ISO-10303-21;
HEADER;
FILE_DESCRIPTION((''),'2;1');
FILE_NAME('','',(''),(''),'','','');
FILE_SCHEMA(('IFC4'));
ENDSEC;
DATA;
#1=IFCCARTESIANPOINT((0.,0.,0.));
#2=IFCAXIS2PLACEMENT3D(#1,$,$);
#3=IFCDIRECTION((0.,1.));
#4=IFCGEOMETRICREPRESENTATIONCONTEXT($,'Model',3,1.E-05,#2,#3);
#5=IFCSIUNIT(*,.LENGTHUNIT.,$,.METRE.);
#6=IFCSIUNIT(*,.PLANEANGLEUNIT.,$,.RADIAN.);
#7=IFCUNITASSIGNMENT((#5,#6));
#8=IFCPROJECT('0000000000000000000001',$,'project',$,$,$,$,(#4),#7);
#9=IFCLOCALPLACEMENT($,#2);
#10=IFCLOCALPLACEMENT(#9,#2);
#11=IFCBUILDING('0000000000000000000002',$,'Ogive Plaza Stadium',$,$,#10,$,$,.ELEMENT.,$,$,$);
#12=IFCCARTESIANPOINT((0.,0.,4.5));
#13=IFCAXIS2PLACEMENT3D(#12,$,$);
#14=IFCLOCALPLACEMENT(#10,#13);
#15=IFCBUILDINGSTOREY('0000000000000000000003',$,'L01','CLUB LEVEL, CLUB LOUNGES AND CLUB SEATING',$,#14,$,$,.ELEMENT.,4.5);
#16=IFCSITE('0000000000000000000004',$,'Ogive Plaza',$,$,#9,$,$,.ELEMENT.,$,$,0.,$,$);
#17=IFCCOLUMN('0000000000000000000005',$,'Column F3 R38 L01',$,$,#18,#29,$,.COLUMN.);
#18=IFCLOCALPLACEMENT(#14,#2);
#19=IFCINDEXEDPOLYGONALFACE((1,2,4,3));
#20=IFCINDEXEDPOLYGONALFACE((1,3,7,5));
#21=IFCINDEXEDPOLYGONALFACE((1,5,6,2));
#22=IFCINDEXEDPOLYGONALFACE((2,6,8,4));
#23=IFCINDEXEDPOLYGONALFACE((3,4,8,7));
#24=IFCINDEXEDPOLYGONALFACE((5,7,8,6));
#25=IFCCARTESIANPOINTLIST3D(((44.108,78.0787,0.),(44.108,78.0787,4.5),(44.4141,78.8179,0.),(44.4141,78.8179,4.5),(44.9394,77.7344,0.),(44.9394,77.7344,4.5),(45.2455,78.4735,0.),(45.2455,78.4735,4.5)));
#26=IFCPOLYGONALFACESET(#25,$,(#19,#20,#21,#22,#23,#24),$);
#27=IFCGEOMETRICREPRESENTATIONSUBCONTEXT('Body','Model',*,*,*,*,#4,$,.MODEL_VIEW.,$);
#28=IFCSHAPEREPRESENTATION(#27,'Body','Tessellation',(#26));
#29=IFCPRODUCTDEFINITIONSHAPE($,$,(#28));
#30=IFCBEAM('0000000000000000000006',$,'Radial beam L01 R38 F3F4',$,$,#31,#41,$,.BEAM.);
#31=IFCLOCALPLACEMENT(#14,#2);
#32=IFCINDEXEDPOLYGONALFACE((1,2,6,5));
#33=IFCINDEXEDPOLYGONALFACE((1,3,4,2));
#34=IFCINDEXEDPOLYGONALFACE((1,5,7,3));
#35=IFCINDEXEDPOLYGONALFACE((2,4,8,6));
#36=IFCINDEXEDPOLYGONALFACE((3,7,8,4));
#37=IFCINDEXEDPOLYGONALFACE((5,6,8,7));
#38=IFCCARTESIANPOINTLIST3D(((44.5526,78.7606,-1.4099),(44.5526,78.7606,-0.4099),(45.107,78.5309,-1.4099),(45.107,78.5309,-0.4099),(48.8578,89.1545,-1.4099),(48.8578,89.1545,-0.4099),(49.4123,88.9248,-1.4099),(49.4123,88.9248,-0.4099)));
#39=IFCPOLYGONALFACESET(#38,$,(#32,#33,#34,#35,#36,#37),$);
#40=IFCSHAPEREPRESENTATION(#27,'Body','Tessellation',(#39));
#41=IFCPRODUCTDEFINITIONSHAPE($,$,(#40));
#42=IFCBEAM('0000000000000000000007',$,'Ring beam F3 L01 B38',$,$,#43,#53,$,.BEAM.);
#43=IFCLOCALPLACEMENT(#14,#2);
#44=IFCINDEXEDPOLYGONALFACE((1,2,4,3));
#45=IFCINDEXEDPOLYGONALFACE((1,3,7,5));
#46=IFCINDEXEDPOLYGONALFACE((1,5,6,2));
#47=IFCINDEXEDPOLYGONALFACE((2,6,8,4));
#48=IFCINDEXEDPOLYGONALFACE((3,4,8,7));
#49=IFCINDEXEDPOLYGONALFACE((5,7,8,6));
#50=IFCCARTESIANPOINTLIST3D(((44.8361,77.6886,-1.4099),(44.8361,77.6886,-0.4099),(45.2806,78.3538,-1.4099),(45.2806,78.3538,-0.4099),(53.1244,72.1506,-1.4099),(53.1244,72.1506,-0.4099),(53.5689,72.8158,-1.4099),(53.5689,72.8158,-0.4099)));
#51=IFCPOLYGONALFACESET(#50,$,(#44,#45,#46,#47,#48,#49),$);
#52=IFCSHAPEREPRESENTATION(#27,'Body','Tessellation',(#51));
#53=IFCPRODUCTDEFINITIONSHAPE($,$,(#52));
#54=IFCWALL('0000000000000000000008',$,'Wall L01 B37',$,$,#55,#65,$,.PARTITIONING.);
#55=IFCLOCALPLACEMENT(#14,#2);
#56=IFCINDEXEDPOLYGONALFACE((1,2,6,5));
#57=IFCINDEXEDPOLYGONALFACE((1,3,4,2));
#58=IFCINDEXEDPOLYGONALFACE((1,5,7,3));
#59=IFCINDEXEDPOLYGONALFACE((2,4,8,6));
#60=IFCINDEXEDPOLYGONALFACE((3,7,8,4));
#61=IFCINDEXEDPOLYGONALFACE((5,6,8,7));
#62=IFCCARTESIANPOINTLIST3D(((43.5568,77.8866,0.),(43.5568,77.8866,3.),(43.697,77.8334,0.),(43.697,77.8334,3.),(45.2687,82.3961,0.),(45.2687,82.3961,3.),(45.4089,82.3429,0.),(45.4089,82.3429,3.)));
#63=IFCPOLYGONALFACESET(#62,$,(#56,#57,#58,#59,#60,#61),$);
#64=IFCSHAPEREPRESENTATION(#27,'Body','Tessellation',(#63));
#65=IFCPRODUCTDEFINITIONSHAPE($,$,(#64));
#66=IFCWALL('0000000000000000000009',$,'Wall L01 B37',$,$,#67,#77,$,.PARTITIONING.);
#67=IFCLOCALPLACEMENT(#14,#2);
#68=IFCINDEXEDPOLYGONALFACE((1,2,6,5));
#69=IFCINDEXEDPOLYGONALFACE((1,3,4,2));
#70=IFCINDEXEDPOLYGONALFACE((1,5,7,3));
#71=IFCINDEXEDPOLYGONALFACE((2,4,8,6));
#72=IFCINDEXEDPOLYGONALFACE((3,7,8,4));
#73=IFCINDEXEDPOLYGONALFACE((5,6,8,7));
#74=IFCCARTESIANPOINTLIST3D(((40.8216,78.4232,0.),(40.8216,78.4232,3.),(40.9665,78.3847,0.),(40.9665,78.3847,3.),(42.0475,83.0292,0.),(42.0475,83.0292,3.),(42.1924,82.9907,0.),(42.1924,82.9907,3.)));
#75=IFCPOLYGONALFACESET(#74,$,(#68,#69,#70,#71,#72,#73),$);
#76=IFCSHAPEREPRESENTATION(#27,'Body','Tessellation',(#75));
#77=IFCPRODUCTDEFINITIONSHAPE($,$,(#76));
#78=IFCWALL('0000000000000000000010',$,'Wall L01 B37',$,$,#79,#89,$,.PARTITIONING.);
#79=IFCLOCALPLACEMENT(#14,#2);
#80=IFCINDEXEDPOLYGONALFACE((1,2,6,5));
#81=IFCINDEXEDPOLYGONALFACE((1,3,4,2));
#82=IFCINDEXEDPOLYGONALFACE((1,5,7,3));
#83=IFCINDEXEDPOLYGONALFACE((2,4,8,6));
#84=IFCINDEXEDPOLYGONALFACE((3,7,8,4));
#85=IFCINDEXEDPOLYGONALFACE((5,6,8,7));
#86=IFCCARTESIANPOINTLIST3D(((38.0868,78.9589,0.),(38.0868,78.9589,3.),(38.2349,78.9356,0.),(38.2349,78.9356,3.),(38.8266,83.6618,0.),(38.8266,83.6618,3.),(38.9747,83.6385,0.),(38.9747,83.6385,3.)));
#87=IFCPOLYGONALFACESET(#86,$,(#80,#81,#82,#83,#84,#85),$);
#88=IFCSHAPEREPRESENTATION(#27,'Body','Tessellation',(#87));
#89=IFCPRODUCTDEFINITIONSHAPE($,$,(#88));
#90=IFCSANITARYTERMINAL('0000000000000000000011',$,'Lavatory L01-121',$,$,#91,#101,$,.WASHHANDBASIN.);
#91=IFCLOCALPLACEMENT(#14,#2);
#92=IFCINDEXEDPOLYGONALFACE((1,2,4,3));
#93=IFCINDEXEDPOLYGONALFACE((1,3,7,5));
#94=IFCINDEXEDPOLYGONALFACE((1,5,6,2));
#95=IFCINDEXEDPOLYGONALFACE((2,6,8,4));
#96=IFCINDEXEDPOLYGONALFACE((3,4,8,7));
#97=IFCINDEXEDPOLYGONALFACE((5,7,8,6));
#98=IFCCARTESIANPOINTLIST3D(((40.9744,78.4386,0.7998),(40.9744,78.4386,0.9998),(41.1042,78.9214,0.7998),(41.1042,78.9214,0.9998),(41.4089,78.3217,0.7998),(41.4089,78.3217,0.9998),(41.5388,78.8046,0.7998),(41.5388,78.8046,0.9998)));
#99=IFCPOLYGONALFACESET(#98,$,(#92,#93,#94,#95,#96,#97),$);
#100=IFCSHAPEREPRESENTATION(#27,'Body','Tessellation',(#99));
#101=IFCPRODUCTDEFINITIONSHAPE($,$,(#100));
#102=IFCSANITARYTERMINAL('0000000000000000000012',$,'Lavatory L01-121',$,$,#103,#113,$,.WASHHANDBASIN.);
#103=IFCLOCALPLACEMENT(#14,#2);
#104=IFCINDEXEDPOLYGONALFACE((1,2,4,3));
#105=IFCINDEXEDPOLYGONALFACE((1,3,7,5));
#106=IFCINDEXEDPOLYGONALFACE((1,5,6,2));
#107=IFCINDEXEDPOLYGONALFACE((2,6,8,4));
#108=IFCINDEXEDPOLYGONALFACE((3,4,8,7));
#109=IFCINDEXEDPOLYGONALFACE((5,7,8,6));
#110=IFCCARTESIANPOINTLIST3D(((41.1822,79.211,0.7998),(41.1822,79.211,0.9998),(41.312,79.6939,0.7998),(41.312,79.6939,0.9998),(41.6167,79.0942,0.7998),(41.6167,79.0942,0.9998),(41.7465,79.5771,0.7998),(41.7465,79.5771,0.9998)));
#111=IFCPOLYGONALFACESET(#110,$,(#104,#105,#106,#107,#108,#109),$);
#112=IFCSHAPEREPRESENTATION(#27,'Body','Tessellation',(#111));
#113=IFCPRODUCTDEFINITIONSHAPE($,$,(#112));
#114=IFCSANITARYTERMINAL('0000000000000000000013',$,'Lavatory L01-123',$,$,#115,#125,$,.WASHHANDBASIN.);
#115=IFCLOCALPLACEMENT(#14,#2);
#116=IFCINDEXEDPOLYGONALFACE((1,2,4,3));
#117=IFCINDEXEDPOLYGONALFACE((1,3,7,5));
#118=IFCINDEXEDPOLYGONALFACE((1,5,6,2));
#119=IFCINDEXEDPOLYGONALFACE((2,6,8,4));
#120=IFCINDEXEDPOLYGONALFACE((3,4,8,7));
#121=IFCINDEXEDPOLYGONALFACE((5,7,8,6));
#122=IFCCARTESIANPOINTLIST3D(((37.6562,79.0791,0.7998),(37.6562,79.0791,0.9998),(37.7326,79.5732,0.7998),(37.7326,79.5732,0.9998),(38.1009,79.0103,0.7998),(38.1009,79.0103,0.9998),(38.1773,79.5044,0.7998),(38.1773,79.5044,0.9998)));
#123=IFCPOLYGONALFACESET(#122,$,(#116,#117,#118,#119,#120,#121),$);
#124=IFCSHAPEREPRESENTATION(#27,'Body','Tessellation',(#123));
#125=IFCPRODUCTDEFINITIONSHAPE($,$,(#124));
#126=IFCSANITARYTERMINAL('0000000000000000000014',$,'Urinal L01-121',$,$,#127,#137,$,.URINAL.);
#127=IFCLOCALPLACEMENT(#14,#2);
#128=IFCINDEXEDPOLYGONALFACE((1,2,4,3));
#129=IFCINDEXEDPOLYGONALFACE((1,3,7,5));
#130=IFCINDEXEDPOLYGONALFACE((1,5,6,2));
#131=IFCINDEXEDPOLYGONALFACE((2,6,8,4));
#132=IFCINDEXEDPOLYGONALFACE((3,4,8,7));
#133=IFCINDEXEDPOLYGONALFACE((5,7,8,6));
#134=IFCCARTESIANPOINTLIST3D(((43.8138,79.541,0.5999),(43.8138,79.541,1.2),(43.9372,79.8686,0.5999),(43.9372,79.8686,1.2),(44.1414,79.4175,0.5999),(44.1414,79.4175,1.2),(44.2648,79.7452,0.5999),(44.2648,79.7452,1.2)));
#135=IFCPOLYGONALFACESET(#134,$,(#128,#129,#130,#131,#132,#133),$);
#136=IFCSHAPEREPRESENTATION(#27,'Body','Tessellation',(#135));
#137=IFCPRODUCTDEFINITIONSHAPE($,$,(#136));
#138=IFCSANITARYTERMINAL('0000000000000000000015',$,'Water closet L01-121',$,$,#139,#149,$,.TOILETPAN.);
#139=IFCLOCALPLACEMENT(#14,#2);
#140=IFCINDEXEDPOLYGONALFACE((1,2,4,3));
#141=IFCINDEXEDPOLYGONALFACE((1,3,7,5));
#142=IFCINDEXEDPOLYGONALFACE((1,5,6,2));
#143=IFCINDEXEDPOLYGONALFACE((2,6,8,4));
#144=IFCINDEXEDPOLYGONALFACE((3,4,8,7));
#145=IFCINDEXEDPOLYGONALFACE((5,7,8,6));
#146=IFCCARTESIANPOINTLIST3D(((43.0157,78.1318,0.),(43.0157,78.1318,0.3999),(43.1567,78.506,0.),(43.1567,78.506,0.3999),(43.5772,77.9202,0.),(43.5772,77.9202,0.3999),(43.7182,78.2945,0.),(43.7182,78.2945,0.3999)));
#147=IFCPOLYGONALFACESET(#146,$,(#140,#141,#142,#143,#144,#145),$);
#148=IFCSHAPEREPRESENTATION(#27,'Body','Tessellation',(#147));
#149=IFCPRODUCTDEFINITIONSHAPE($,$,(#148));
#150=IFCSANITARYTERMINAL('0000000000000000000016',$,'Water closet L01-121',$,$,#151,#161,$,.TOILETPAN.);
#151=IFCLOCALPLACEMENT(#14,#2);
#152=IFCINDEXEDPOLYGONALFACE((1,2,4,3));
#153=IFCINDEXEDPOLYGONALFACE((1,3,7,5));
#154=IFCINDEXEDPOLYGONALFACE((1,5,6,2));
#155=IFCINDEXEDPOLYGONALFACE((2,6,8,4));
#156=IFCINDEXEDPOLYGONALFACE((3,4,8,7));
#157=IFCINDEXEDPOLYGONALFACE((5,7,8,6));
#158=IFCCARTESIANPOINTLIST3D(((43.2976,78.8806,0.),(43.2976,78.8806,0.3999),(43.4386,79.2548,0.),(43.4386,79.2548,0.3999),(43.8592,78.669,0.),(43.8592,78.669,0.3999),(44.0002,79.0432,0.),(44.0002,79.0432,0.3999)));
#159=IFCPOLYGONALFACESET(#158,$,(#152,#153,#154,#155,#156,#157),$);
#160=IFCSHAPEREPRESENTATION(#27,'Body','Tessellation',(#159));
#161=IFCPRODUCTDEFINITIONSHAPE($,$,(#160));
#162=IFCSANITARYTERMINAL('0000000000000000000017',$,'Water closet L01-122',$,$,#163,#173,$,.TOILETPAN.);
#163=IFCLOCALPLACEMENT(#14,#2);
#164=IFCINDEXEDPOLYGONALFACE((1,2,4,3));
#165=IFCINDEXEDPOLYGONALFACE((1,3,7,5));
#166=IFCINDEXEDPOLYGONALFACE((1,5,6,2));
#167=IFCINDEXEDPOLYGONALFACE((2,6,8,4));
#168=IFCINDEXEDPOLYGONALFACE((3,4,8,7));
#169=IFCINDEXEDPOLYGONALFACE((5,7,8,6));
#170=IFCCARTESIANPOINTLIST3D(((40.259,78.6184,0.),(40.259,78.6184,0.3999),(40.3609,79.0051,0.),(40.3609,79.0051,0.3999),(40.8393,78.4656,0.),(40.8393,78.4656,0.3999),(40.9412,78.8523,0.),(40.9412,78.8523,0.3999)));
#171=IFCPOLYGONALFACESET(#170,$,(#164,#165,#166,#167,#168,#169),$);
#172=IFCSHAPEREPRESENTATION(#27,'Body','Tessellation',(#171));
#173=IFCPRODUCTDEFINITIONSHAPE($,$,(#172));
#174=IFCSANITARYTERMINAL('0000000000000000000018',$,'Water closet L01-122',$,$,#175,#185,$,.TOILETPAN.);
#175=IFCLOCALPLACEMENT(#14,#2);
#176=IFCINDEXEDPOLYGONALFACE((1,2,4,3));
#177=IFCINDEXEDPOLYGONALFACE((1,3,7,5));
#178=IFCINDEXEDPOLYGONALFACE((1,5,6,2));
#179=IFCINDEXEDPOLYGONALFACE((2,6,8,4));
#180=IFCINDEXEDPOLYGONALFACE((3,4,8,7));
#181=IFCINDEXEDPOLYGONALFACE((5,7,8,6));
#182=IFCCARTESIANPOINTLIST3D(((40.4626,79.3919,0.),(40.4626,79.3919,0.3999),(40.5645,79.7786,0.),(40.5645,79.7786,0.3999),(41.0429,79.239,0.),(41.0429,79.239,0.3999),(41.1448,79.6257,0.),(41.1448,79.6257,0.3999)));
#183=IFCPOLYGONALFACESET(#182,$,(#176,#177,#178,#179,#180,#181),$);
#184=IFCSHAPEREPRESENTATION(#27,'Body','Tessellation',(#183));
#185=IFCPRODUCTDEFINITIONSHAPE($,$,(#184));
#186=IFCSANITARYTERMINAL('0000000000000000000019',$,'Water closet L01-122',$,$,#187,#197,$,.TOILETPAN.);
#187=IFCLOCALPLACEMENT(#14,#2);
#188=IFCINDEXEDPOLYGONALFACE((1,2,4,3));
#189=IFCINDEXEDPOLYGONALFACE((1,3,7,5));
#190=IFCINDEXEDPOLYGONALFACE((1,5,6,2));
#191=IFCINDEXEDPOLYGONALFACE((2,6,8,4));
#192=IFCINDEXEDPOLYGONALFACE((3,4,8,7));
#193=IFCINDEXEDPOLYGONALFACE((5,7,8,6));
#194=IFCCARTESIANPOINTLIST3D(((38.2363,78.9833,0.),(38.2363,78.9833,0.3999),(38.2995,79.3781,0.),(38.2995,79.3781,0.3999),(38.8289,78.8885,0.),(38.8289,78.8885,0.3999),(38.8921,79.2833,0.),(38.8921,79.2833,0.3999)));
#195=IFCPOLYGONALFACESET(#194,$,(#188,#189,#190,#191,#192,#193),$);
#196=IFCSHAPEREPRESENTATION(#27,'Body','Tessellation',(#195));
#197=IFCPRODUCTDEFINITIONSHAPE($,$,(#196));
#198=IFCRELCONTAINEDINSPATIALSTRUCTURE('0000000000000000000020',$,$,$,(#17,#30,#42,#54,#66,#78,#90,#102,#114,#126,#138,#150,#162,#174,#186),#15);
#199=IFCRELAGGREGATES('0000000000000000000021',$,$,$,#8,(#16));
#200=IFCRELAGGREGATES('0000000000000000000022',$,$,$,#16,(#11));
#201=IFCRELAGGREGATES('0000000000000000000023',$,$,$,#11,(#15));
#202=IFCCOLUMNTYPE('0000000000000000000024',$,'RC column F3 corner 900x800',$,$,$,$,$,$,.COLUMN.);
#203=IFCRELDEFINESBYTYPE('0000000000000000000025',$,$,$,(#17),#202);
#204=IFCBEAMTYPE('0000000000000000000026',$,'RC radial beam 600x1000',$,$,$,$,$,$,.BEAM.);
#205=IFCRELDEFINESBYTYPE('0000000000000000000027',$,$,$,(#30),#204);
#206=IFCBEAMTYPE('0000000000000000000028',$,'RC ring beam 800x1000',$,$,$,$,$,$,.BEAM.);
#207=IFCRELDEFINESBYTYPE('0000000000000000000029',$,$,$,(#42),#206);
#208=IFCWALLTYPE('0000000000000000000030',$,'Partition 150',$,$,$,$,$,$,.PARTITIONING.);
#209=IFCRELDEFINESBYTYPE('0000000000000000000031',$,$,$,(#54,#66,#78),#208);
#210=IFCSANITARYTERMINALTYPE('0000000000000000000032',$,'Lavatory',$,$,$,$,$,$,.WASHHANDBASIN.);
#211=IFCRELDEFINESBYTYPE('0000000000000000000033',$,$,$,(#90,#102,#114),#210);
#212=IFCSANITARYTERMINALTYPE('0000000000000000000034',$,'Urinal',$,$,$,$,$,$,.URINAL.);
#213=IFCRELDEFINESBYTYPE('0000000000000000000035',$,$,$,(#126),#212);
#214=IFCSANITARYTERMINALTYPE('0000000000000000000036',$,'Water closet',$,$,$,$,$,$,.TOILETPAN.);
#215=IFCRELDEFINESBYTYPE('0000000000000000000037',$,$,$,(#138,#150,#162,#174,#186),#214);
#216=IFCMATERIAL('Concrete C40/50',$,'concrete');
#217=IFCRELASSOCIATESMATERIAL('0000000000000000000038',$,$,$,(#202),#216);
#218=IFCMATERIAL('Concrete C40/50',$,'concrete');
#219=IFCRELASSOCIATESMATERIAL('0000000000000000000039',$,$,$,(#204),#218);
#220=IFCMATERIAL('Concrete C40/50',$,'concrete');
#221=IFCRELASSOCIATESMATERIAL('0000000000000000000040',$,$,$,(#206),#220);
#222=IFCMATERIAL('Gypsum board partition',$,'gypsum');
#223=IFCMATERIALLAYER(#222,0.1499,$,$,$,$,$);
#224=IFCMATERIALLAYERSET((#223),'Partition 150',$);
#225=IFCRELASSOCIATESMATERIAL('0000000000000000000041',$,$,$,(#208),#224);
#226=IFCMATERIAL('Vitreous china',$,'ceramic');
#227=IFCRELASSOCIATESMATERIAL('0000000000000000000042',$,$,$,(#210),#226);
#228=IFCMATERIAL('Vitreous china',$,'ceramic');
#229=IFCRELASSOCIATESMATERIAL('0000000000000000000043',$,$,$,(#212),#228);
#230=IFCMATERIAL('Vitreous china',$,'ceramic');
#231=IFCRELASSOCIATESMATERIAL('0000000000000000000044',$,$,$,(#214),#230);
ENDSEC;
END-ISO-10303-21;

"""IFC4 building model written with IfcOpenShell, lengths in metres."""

from ifc_helpers import new_model, si_unit, direction, frame, frame_2d, origin, origin_2d, place, context, subcontext, project, spatial, rectangle, extrude, material, layer, layer_set, material_profile, profile_set, type_object, element, save


model = new_model("IFC4")

# Units and contexts
model_context = context("Model", 3, precision=1e-05, world=origin(), true_north=direction((0.0, 1.0)))
body_context = subcontext(model_context, "Body", "Model", "MODEL_VIEW")
ifc_project = project(units=[si_unit("LENGTHUNIT", "METRE"), si_unit("PLANEANGLEUNIT", "RADIAN")], contexts=[model_context])

# Site, building, storey
site_placement = place(None, origin())
site = spatial("IfcSite", under=ifc_project, at=site_placement, Name="Ogive Plaza", CompositionType="ELEMENT", RefElevation=0.0)
building_placement = place(site_placement, origin())
building = spatial("IfcBuilding", under=site, at=building_placement, Name="Ogive Plaza Stadium", CompositionType="ELEMENT")
storey_placement = place(building_placement, frame((0.0, 0.0, 4.5)))
storey = spatial("IfcBuildingStorey", under=building, at=storey_placement, Name="L01", Description="CLUB LEVEL, CLUB LOUNGES AND CLUB SEATING", CompositionType="ELEMENT", Elevation=4.5)

# Column
ifc_material_1 = material(Name="Concrete C40/50", Category="concrete")
ifc_material_profile_1 = material_profile(ifc_material_1, rectangle(XDim=0.8999, YDim=0.8, at=origin_2d()), Name="RC 900x800")
ifc_profile_set_1 = profile_set([ifc_material_profile_1], Name="Concrete C40/50")
column_type = type_object("IfcColumnType", Name="RC column F3 corner 900x800", PredefinedType="COLUMN", material=ifc_profile_set_1)
column_placement = place(storey_placement, frame((44.6768, 78.2761, 0.0), z_axis=(0.0, 0.0, 1.0), x_axis=(-0.92388, 0.382683, 0.0)))
element("IfcColumn", 1, at=column_placement, inside=storey, type_object=column_type, Name="Column F3 R38 L01", PredefinedType="COLUMN", context=body_context, shape_type="SweptSolid", body=[
    extrude(rectangle(XDim=0.8999, YDim=0.8, at=origin_2d()), origin(), (0.0, 0.0, 1.0), 4.5),
])

# Beams
ifc_material_2 = material(Name="Concrete C40/50", Category="concrete")
ifc_material_profile_2 = material_profile(ifc_material_2, rectangle(XDim=0.6001, YDim=1.0, at=origin_2d()), Name="RC 600x1000")
ifc_profile_set_2 = profile_set([ifc_material_profile_2], Name="Concrete C40/50")
beam_type_1 = type_object("IfcBeamType", Name="RC radial beam 600x1000", PredefinedType="BEAM", material=ifc_profile_set_2)
beam_1_placement = place(storey_placement, frame((44.8298, 78.6458, -0.9099), z_axis=(0.382678, 0.923882, 0.0), x_axis=(-0.923882, 0.382678, 0.0)))
element("IfcBeam", 2, at=beam_1_placement, inside=storey, type_object=beam_type_1, Name="Radial beam L01 R38 F3F4", PredefinedType="BEAM", context=body_context, shape_type="SweptSolid", body=[
    extrude(rectangle(XDim=0.6001, YDim=1.0, at=origin_2d()), origin(), (0.0, 0.0, 1.0), 11.2502),
])
ifc_material_3 = material(Name="Concrete C40/50", Category="concrete")
ifc_material_profile_3 = material_profile(ifc_material_3, rectangle(XDim=0.8, YDim=1.0, at=origin_2d()), Name="RC 800x1000")
ifc_profile_set_3 = profile_set([ifc_material_profile_3], Name="Concrete C40/50")
beam_type_2 = type_object("IfcBeamType", Name="RC ring beam 800x1000", PredefinedType="BEAM", material=ifc_profile_set_3)
beam_2_placement = place(storey_placement, frame((45.0583, 78.0212, -0.9099), z_axis=(0.83147, -0.55557, 0.0), x_axis=(0.55557, 0.83147, 0.0)))
element("IfcBeam", 3, at=beam_2_placement, inside=storey, type_object=beam_type_2, Name="Ring beam F3 L01 B38", PredefinedType="BEAM", context=body_context, shape_type="SweptSolid", body=[
    extrude(rectangle(XDim=0.8, YDim=1.0, at=origin_2d()), origin(), (0.0, 0.0, 1.0), 9.9683),
])

# Walls
ifc_material_4 = material(Name="Gypsum board partition", Category="gypsum")
ifc_layer = layer(ifc_material_4, 0.1499)
ifc_layer_set = layer_set([ifc_layer], Name="Partition 150")
wall_type = type_object("IfcWallType", Name="Partition 150", PredefinedType="PARTITIONING", material=ifc_layer_set)
wall_1_placement = place(storey_placement, frame((43.627, 77.8601, 0.0), z_axis=(0.0, 0.0, 1.0), x_axis=(0.354909, 0.934901, 0.0)))
element("IfcWall", 4, at=wall_1_placement, inside=storey, type_object=wall_type, Name="Wall L01 B37", PredefinedType="PARTITIONING", context=body_context, shape_type="SweptSolid", body=[
    extrude(rectangle(XDim=4.8235, YDim=0.1499, at=frame_2d((2.4116, 0.0))), origin(), (0.0, 0.0, 1.0), 3.0),
])
wall_2_placement = place(storey_placement, frame((40.894, 78.4038, 0.0), z_axis=(0.0, 0.0, 1.0), x_axis=(0.257188, 0.966361, 0.0)))
element("IfcWall", 5, at=wall_2_placement, inside=storey, type_object=wall_type, Name="Wall L01 B37", PredefinedType="PARTITIONING", context=body_context, shape_type="SweptSolid", body=[
    extrude(rectangle(XDim=4.7664, YDim=0.1499, at=frame_2d((2.3833, 0.0))), origin(), (0.0, 0.0, 1.0), 3.0),
])
wall_3_placement = place(storey_placement, frame((38.1609, 78.9473, 0.0), z_axis=(0.0, 0.0, 1.0), x_axis=(0.155386, 0.987854, 0.0)))
element("IfcWall", 6, at=wall_3_placement, inside=storey, type_object=wall_type, Name="Wall L01 B37", PredefinedType="PARTITIONING", context=body_context, shape_type="SweptSolid", body=[
    extrude(rectangle(XDim=4.7607, YDim=0.1499, at=frame_2d((2.3804, 0.0))), origin(), (0.0, 0.0, 1.0), 3.0),
])

# Sanitary terminals
ifc_material_5 = material(Name="Vitreous china", Category="ceramic")
sanitary_terminal_type_1 = type_object("IfcSanitaryTerminalType", Name="Lavatory", PredefinedType="WASHHANDBASIN", material=ifc_material_5)
for number, where, z_axis, x_axis, name in (
    (7, (41.2566, 78.6216, 0.7998), (0.0, 0.0, 1.0), (0.259662, 0.9657, 0.0), "Lavatory L01-121"),
    (8, (41.4644, 79.394, 0.7998), (0.0, 0.0, 1.0), (0.259662, 0.9657, 0.0), "Lavatory L01-121"),
    (9, (37.9167, 79.2917, 0.7998), (0.0, 0.0, 1.0), (0.152875, 0.988245, 0.0), "Lavatory L01-123"),
):
    element("IfcSanitaryTerminal", number, at=place(storey_placement, frame(where, z_axis=z_axis, x_axis=x_axis)), inside=storey, type_object=sanitary_terminal_type_1, Name=name, PredefinedType="WASHHANDBASIN", context=body_context, shape_type="SweptSolid", body=[
        extrude(rectangle(XDim=0.5, YDim=0.45, at=origin_2d()), origin(), (0.0, 0.0, 1.0), 0.2),
    ])
ifc_material_6 = material(Name="Vitreous china", Category="ceramic")
sanitary_terminal_type_2 = type_object("IfcSanitaryTerminalType", Name="Urinal", PredefinedType="URINAL", material=ifc_material_6)
sanitary_terminal_placement = place(storey_placement, frame((44.0393, 79.6431, 0.5999), z_axis=(0.0, 0.0, 1.0), x_axis=(0.35256, 0.935789, 0.0)))
element("IfcSanitaryTerminal", 10, at=sanitary_terminal_placement, inside=storey, type_object=sanitary_terminal_type_2, Name="Urinal L01-121", PredefinedType="URINAL", context=body_context, shape_type="SweptSolid", body=[
    extrude(rectangle(XDim=0.3501, YDim=0.3501, at=origin_2d()), origin(), (0.0, 0.0, 1.0), 0.6001),
])
ifc_material_7 = material(Name="Vitreous china", Category="ceramic")
sanitary_terminal_type_3 = type_object("IfcSanitaryTerminalType", Name="Water closet", PredefinedType="TOILETPAN", material=ifc_material_7)
for number, where, z_axis, x_axis, name in (
    (11, (43.3669, 78.2131, 0.0), (0.0, 0.0, 1.0), (0.35256, 0.935789, 0.0), "Water closet L01-121"),
    (12, (43.6489, 78.9619, 0.0), (0.0, 0.0, 1.0), (0.35256, 0.935789, 0.0), "Water closet L01-121"),
    (13, (40.6001, 78.7354, 0.0), (0.0, 0.0, 1.0), (0.254707, 0.967018, 0.0), "Water closet L01-122"),
    (14, (40.8037, 79.5088, 0.0), (0.0, 0.0, 1.0), (0.254707, 0.967018, 0.0), "Water closet L01-122"),
    (15, (38.5642, 79.1333, 0.0), (0.0, 0.0, 1.0), (0.157955, 0.987446, 0.0), "Water closet L01-122"),
):
    element("IfcSanitaryTerminal", number, at=place(storey_placement, frame(where, z_axis=z_axis, x_axis=x_axis)), inside=storey, type_object=sanitary_terminal_type_3, Name=name, PredefinedType="TOILETPAN", context=body_context, shape_type="SweptSolid", body=[
        extrude(rectangle(XDim=0.3999, YDim=0.6001, at=origin_2d()), origin(), (0.0, 0.0, 1.0), 0.3999),
    ])

save(model, "model.ifc")
